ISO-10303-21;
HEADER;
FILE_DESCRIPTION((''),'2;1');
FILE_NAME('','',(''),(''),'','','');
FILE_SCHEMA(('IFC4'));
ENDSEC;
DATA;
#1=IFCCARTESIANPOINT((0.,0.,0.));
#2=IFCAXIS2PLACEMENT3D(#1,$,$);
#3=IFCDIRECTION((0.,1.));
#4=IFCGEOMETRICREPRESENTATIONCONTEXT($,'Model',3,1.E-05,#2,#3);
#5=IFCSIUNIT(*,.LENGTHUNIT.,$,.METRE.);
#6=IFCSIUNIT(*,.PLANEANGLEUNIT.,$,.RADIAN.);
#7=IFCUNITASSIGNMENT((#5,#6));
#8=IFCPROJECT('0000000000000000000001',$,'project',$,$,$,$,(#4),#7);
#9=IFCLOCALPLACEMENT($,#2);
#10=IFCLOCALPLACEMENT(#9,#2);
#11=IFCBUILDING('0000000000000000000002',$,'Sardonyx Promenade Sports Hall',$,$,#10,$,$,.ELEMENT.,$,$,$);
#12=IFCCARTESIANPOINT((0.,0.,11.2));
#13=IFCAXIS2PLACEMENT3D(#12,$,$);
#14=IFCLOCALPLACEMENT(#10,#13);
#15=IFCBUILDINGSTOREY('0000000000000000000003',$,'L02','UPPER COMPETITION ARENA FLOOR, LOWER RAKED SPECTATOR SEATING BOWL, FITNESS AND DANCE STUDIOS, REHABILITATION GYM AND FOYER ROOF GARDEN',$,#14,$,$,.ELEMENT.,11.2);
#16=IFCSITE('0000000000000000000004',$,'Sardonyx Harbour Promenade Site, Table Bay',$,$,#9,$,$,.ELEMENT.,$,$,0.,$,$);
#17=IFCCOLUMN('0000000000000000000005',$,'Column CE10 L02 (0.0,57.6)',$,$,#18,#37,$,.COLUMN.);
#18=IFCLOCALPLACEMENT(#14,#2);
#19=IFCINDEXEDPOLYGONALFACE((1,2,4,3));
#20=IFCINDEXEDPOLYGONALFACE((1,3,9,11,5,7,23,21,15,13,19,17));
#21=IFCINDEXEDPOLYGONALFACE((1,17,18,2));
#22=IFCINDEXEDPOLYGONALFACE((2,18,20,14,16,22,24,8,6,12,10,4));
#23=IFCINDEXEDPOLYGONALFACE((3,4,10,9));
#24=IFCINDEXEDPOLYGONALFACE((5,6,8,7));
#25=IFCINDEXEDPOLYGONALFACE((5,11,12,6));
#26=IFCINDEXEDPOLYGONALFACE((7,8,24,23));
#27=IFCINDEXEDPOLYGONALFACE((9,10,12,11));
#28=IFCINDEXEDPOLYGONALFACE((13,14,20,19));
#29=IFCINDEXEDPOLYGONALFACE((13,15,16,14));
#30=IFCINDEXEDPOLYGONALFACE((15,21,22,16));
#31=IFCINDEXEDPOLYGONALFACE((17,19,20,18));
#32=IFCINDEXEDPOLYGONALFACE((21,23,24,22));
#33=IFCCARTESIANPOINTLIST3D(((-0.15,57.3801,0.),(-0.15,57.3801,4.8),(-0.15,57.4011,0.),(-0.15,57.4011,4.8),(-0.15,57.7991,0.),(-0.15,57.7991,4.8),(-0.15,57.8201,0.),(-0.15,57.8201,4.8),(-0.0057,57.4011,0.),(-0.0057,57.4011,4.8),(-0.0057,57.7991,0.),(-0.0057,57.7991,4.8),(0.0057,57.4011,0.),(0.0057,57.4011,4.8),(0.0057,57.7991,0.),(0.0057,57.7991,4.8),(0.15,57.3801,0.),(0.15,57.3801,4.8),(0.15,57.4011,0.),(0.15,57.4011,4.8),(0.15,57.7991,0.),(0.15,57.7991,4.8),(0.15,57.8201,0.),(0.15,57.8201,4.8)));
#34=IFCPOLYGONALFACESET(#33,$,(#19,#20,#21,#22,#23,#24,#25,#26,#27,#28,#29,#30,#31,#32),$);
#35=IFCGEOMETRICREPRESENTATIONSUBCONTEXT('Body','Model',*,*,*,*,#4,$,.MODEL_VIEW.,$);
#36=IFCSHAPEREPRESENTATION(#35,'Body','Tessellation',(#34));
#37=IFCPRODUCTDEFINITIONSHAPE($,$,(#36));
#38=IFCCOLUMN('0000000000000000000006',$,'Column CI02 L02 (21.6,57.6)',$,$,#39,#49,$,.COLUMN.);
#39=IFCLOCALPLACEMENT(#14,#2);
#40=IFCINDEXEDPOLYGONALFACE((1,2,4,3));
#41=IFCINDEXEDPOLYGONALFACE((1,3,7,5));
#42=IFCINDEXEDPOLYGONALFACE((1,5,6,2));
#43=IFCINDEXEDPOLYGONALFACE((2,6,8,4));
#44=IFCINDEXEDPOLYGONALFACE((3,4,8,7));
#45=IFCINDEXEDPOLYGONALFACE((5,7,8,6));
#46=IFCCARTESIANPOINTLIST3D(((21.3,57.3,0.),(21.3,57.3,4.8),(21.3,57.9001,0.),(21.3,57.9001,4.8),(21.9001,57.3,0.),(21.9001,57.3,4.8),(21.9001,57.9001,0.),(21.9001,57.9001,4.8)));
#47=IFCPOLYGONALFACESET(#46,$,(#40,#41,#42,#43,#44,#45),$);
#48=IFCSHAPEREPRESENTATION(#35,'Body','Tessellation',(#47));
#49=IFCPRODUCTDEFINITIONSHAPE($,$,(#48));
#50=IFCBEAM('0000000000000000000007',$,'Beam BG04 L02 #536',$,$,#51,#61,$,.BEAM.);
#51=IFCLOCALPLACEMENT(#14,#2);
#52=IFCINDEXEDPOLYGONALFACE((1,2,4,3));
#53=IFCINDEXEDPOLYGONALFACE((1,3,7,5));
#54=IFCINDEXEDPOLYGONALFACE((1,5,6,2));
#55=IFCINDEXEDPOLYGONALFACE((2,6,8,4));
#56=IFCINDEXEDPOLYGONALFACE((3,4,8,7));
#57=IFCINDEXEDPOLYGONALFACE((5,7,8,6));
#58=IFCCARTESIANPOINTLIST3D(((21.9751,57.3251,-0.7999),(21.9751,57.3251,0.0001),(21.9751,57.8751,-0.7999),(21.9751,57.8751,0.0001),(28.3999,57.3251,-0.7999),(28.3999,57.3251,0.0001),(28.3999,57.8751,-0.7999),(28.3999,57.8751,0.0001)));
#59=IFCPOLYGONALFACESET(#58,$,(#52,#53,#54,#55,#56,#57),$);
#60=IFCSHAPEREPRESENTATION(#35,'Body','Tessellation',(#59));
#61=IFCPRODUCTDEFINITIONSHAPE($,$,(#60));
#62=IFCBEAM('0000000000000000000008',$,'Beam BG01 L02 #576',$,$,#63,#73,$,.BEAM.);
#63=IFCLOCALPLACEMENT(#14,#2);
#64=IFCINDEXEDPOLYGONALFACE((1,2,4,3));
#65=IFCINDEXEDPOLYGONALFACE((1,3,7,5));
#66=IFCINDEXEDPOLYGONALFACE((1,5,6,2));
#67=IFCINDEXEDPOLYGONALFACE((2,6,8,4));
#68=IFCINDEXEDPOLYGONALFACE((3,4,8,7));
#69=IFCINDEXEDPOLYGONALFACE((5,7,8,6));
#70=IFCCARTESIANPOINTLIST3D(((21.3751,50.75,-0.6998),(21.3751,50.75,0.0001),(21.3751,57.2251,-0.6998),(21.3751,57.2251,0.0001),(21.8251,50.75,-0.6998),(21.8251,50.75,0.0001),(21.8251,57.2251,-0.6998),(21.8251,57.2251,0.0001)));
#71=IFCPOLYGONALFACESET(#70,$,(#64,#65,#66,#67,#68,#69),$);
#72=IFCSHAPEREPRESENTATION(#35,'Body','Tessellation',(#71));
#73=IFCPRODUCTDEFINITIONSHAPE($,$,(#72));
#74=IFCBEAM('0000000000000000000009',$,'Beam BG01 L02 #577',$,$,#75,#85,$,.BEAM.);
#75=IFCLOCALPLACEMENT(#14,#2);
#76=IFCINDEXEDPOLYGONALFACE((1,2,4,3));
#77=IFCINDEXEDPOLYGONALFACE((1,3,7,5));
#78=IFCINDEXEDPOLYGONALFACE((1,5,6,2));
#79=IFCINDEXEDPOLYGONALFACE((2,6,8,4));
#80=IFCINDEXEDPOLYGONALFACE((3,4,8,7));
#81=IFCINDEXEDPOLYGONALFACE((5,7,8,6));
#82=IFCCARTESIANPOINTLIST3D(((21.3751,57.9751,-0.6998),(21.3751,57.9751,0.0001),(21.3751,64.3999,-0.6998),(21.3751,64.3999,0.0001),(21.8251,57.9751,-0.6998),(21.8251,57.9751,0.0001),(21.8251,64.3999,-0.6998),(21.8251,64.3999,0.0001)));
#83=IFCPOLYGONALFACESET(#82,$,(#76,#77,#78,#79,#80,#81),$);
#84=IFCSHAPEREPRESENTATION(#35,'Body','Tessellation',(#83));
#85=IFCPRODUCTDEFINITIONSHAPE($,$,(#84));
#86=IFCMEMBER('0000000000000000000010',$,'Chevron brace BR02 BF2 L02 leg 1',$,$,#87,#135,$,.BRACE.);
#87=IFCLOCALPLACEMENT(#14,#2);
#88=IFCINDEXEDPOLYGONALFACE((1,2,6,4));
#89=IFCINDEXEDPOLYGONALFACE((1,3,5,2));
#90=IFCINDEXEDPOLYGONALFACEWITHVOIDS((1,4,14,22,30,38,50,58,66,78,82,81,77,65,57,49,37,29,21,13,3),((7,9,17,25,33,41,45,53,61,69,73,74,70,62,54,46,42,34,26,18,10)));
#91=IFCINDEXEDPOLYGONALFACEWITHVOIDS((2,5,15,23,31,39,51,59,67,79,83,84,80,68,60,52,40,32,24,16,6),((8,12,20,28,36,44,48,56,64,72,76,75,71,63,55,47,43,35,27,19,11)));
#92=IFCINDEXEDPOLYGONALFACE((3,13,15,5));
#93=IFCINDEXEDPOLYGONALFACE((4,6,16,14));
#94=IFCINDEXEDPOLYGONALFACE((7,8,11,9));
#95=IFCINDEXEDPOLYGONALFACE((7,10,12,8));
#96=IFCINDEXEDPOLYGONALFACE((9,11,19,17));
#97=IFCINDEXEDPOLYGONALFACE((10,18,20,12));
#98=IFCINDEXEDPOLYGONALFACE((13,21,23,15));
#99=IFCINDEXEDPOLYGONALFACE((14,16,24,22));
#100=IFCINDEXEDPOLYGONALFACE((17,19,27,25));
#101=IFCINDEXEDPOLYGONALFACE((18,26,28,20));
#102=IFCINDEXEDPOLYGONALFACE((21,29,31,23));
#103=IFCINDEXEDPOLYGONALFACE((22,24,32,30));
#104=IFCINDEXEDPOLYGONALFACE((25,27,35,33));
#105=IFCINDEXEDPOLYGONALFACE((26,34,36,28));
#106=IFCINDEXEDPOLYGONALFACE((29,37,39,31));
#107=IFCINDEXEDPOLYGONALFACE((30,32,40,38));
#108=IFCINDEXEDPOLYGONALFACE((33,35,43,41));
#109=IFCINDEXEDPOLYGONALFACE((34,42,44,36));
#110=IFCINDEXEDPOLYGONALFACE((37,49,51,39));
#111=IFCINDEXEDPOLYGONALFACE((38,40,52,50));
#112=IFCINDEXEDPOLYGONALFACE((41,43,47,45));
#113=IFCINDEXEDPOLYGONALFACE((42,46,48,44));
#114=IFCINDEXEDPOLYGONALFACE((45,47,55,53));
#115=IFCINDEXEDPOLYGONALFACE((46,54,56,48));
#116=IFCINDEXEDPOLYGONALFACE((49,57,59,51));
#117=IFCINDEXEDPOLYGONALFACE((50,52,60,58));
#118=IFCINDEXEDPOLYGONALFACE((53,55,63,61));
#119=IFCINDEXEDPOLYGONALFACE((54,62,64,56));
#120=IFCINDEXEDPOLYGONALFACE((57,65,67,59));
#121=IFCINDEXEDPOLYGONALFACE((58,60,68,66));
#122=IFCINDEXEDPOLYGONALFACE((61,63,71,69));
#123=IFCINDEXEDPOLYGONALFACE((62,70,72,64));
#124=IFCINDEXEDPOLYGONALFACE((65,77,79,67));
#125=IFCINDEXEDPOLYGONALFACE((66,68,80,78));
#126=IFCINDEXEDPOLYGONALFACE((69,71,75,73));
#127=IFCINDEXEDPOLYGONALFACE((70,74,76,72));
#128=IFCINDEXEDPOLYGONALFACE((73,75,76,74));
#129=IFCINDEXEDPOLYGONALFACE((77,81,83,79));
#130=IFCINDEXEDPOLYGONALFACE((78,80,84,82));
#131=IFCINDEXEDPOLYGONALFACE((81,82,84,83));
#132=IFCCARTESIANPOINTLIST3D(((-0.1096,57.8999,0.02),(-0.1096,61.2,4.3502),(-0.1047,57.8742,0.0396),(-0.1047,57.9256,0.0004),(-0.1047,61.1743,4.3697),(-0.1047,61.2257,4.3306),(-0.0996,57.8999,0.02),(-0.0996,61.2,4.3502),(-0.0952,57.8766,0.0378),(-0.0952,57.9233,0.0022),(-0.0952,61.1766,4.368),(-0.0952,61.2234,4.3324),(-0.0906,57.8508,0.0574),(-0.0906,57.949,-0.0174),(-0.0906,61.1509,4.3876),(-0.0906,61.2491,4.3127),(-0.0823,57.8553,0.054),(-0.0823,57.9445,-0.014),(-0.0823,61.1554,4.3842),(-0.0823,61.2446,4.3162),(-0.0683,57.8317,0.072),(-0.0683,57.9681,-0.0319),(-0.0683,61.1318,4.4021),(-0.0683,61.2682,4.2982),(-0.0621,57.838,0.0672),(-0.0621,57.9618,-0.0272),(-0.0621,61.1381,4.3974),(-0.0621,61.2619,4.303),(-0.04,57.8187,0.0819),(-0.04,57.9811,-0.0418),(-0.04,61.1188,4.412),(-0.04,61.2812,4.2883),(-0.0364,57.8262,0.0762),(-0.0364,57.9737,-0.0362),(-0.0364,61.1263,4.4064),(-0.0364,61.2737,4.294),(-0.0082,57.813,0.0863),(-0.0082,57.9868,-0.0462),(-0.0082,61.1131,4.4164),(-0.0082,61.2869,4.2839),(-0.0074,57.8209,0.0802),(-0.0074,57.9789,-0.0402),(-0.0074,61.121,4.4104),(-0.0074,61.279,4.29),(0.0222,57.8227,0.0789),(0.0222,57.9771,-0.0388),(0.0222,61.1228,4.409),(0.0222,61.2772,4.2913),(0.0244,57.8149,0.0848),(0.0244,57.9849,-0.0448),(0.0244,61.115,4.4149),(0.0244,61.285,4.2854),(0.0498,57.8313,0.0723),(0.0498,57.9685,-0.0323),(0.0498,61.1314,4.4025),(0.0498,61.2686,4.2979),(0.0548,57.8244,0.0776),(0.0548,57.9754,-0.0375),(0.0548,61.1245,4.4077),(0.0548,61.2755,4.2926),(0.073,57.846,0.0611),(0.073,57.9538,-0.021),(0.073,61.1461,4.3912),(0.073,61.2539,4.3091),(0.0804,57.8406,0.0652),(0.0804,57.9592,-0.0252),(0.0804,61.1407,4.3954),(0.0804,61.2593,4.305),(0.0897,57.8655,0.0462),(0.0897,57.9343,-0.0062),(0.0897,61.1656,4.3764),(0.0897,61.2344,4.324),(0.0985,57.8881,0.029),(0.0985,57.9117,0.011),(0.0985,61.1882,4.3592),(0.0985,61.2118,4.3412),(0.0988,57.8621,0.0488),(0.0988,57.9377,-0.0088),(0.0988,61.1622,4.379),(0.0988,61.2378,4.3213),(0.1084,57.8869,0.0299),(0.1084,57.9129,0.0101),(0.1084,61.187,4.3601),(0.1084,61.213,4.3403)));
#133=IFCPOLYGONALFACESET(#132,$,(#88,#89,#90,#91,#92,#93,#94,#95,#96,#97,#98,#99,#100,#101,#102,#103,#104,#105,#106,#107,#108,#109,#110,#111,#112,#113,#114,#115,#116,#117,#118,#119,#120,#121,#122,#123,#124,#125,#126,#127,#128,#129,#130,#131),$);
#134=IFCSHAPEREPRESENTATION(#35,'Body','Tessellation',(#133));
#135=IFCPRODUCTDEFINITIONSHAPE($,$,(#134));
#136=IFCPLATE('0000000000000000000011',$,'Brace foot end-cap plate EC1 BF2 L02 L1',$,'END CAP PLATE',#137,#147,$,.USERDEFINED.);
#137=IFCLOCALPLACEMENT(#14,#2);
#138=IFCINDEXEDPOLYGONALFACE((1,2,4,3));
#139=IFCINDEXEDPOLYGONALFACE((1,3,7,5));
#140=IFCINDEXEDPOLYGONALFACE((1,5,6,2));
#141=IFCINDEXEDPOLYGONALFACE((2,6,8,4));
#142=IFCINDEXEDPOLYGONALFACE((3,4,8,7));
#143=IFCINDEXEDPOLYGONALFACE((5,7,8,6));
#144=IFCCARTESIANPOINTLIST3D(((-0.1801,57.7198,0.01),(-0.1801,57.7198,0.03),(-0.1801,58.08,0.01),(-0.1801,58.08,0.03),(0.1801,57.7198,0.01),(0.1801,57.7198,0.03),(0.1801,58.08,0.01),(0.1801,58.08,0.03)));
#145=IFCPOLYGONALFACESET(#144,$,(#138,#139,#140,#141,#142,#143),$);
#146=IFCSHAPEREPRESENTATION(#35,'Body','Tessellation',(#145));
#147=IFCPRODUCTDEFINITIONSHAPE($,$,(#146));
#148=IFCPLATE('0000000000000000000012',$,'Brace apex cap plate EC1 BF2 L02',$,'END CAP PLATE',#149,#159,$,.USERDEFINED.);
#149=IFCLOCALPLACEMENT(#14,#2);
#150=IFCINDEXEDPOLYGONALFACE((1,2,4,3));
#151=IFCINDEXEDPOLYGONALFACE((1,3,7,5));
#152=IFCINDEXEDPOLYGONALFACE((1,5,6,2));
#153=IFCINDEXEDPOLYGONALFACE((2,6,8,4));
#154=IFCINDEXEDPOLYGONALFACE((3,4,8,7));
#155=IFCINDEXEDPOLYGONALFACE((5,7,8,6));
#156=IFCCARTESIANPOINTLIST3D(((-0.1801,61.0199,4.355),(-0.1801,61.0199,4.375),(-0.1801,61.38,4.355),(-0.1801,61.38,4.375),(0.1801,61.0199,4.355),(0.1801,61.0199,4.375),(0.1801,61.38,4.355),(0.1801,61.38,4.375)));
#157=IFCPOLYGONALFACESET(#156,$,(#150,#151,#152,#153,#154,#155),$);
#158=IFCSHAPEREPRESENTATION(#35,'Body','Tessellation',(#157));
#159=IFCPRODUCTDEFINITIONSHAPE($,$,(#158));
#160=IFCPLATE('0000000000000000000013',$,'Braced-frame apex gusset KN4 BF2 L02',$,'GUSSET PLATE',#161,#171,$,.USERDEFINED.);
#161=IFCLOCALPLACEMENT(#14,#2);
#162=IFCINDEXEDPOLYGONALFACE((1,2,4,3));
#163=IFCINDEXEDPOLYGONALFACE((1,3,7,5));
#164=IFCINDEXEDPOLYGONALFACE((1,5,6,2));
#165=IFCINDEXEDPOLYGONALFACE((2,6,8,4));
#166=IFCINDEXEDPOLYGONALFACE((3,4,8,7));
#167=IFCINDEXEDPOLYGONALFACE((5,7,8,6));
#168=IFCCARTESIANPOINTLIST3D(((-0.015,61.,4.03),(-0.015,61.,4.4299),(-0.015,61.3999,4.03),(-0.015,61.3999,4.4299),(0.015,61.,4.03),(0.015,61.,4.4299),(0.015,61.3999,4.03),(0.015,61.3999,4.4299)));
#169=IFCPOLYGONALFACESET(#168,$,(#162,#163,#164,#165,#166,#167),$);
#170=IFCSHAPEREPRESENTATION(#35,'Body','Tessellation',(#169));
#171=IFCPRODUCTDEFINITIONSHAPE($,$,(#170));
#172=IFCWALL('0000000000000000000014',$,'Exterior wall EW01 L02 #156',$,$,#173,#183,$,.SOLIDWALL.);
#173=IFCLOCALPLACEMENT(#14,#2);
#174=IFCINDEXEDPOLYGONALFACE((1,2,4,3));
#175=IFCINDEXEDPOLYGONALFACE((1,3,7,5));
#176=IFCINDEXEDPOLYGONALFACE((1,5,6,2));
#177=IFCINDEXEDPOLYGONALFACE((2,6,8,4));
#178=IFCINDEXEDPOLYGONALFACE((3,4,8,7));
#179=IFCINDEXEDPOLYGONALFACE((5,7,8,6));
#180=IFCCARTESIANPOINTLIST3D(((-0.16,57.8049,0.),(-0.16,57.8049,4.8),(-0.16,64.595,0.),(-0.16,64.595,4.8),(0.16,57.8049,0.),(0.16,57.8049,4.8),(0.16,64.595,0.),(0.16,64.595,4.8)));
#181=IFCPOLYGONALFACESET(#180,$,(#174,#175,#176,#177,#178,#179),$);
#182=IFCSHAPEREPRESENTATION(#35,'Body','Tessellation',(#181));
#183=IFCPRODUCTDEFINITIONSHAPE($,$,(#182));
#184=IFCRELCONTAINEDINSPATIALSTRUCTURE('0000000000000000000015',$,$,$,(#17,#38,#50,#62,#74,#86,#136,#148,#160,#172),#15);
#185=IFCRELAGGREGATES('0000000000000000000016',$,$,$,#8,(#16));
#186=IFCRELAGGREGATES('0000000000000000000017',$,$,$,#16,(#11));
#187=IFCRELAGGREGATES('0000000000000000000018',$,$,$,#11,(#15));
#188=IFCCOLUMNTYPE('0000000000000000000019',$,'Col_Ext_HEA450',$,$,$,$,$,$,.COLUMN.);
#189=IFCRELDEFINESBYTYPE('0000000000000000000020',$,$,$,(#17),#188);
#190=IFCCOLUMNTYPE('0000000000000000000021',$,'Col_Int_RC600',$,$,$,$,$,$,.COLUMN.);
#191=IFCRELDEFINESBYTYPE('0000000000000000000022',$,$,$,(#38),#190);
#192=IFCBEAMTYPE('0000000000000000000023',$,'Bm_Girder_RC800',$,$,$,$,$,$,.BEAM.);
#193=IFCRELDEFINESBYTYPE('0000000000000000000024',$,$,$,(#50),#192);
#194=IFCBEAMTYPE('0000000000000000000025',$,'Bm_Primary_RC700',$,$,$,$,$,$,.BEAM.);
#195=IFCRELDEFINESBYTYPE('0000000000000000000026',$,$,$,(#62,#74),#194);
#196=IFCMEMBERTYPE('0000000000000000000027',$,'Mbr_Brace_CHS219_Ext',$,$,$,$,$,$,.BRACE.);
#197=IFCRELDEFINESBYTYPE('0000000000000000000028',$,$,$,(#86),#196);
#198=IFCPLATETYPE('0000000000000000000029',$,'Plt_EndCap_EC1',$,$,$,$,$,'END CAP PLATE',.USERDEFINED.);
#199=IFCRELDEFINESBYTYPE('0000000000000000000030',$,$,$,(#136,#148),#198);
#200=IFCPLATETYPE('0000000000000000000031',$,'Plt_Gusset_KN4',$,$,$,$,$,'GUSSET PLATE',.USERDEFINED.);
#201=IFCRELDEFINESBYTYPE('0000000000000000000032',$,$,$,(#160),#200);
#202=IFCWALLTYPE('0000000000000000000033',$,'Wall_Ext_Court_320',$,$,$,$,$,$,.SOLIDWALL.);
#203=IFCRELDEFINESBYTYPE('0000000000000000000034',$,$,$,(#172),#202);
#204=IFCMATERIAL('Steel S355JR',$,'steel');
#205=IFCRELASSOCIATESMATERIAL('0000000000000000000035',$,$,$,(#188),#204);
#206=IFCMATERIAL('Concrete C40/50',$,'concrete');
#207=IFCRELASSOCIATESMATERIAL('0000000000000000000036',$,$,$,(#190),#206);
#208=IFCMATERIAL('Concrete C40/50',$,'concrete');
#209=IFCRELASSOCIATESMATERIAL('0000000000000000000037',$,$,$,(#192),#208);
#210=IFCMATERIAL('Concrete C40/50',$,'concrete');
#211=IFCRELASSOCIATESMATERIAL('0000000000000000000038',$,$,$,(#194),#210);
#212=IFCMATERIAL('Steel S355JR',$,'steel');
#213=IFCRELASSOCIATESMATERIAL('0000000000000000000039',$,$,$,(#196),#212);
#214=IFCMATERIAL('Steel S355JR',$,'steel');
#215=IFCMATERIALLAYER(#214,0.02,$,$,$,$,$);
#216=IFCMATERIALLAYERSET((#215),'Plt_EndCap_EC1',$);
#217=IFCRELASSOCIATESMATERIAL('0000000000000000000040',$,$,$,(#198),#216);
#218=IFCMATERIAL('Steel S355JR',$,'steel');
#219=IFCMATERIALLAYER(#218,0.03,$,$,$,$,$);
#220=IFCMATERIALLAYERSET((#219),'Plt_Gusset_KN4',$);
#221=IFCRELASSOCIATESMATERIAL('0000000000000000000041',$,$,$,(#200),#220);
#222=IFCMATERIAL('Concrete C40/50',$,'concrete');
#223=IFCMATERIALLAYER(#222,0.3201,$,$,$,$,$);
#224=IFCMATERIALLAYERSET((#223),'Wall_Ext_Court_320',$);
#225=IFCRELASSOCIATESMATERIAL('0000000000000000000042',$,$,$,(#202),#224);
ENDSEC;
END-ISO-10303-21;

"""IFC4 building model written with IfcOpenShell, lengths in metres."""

from ifc_helpers import new_model, si_unit, direction, frame, frame_2d, origin, origin_2d, place, context, subcontext, project, spatial, rectangle, hollow_circle, i_section, extrude, material, layer, layer_set, material_profile, profile_set, type_object, element, save


model = new_model("IFC4")

# Units and contexts
model_context = context("Model", 3, precision=1e-05, world=origin(), true_north=direction((0.0, 1.0)))
body_context = subcontext(model_context, "Body", "Model", "MODEL_VIEW")
ifc_project = project(units=[si_unit("LENGTHUNIT", "METRE"), si_unit("PLANEANGLEUNIT", "RADIAN")], contexts=[model_context])

# Site, building, storey
site_placement = place(None, origin())
site = spatial("IfcSite", under=ifc_project, at=site_placement, Name="Sardonyx Harbour Promenade Site, Table Bay", CompositionType="ELEMENT", RefElevation=0.0)
building_placement = place(site_placement, origin())
building = spatial("IfcBuilding", under=site, at=building_placement, Name="Sardonyx Promenade Sports Hall", CompositionType="ELEMENT")
storey_placement = place(building_placement, frame((0.0, 0.0, 11.2)))
storey = spatial("IfcBuildingStorey", under=building, at=storey_placement, Name="L02", Description="UPPER COMPETITION ARENA FLOOR, LOWER RAKED SPECTATOR SEATING BOWL, FITNESS AND DANCE STUDIOS, REHABILITATION GYM AND FOYER ROOF GARDEN", CompositionType="ELEMENT", Elevation=11.2)

# Columns
ifc_material_1 = material(Name="Steel S355JR", Category="steel")
ifc_material_profile_1 = material_profile(ifc_material_1, i_section(OverallWidth=0.3, OverallDepth=0.4399, WebThickness=0.0115, FlangeThickness=0.021, at=origin_2d()))
ifc_profile_set_1 = profile_set([ifc_material_profile_1], Name="Steel S355JR")
column_type_1 = type_object("IfcColumnType", Name="Col_Ext_HEA450", PredefinedType="COLUMN", material=ifc_profile_set_1)
column_1_placement = place(storey_placement, frame((0.0, 57.6001, 0.0), z_axis=(0.0, 0.0, 1.0), x_axis=(1.0, 0.0, 0.0)))
element("IfcColumn", 1, at=column_1_placement, inside=storey, type_object=column_type_1, Name="Column CE10 L02 (0.0,57.6)", PredefinedType="COLUMN", context=body_context, shape_type="SweptSolid", body=[
    extrude(i_section(OverallWidth=0.3, OverallDepth=0.4399, WebThickness=0.0115, FlangeThickness=0.021, at=origin_2d()), origin(), (0.0, 0.0, 1.0), 4.8),
])
ifc_material_2 = material(Name="Concrete C40/50", Category="concrete")
ifc_material_profile_2 = material_profile(ifc_material_2, rectangle(XDim=0.6001, YDim=0.6001, at=origin_2d()))
ifc_profile_set_2 = profile_set([ifc_material_profile_2], Name="Concrete C40/50")
column_type_2 = type_object("IfcColumnType", Name="Col_Int_RC600", PredefinedType="COLUMN", material=ifc_profile_set_2)
column_2_placement = place(storey_placement, frame((21.6001, 57.6001, 0.0), z_axis=(0.0, 0.0, 1.0), x_axis=(1.0, 0.0, 0.0)))
element("IfcColumn", 2, at=column_2_placement, inside=storey, type_object=column_type_2, Name="Column CI02 L02 (21.6,57.6)", PredefinedType="COLUMN", context=body_context, shape_type="SweptSolid", body=[
    extrude(rectangle(XDim=0.6001, YDim=0.6001, at=origin_2d()), origin(), (0.0, 0.0, 1.0), 4.8),
])

# Beams
ifc_material_3 = material(Name="Concrete C40/50", Category="concrete")
ifc_material_profile_3 = material_profile(ifc_material_3, rectangle(XDim=0.55, YDim=0.8, at=origin_2d()))
ifc_profile_set_3 = profile_set([ifc_material_profile_3], Name="Concrete C40/50")
beam_type_1 = type_object("IfcBeamType", Name="Bm_Girder_RC800", PredefinedType="BEAM", material=ifc_profile_set_3)
beam_1_placement = place(storey_placement, frame((21.9751, 57.6001, -0.3999), z_axis=(1.0, 0.0, 0.0), x_axis=(0.0, 1.0, 0.0)))
element("IfcBeam", 3, at=beam_1_placement, inside=storey, type_object=beam_type_1, Name="Beam BG04 L02 #536", PredefinedType="BEAM", context=body_context, shape_type="SweptSolid", body=[
    extrude(rectangle(XDim=0.55, YDim=0.8, at=origin_2d()), origin(), (0.0, 0.0, 1.0), 6.4248),
])
ifc_material_4 = material(Name="Concrete C40/50", Category="concrete")
ifc_material_profile_4 = material_profile(ifc_material_4, rectangle(XDim=0.45, YDim=0.7, at=origin_2d()))
ifc_profile_set_4 = profile_set([ifc_material_profile_4], Name="Concrete C40/50")
beam_type_2 = type_object("IfcBeamType", Name="Bm_Primary_RC700", PredefinedType="BEAM", material=ifc_profile_set_4)
beam_2_placement = place(storey_placement, frame((21.6001, 50.75, -0.3499), z_axis=(0.0, 1.0, 0.0), x_axis=(-1.0, 0.0, 0.0)))
element("IfcBeam", 4, at=beam_2_placement, inside=storey, type_object=beam_type_2, Name="Beam BG01 L02 #576", PredefinedType="BEAM", context=body_context, shape_type="SweptSolid", body=[
    extrude(rectangle(XDim=0.45, YDim=0.7, at=origin_2d()), origin(), (0.0, 0.0, 1.0), 6.4751),
])
beam_3_placement = place(storey_placement, frame((21.6001, 57.9751, -0.3499), z_axis=(0.0, 1.0, 0.0), x_axis=(-1.0, 0.0, 0.0)))
element("IfcBeam", 5, at=beam_3_placement, inside=storey, type_object=beam_type_2, Name="Beam BG01 L02 #577", PredefinedType="BEAM", context=body_context, shape_type="SweptSolid", body=[
    extrude(rectangle(XDim=0.45, YDim=0.7, at=origin_2d()), origin(), (0.0, 0.0, 1.0), 6.4248),
])

# Member
ifc_material_5 = material(Name="Steel S355JR", Category="steel")
ifc_material_profile_5 = material_profile(ifc_material_5, hollow_circle(Radius=0.1096, WallThickness=0.01, at=origin_2d()))
ifc_profile_set_5 = profile_set([ifc_material_profile_5], Name="Steel S355JR")
member_type = type_object("IfcMemberType", Name="Mbr_Brace_CHS219_Ext", PredefinedType="BRACE", material=ifc_profile_set_5)
member_placement = place(storey_placement, frame((0.0, 57.8999, 0.02), z_axis=(0.0, 0.606153, 0.795348), x_axis=(-1.0, 0.0, 0.0)))
element("IfcMember", 6, at=member_placement, inside=storey, type_object=member_type, Name="Chevron brace BR02 BF2 L02 leg 1", PredefinedType="BRACE", context=body_context, shape_type="SweptSolid", body=[
    extrude(hollow_circle(Radius=0.1096, WallThickness=0.01, at=origin_2d()), origin(), (0.0, 0.0, 1.0), 5.4443),
])

# Plates
ifc_material_6 = material(Name="Steel S355JR", Category="steel")
ifc_layer_1 = layer(ifc_material_6, 0.02)
ifc_layer_set_1 = layer_set([ifc_layer_1], Name="Plt_EndCap_EC1")
plate_type_1 = type_object("IfcPlateType", Name="Plt_EndCap_EC1", ElementType="END CAP PLATE", PredefinedType="USERDEFINED", material=ifc_layer_set_1)
for number, where, z_axis, x_axis, name in (
    (7, (0.0, 57.8999, 0.01), (0.0, 0.0, 1.0), (1.0, 0.0, 0.0), "Brace foot end-cap plate EC1 BF2 L02 L1"),
    (8, (0.0, 61.2, 4.355), (0.0, 0.0, 1.0), (1.0, 0.0, 0.0), "Brace apex cap plate EC1 BF2 L02"),
):
    element("IfcPlate", number, at=place(storey_placement, frame(where, z_axis=z_axis, x_axis=x_axis)), inside=storey, type_object=plate_type_1, Name=name, ObjectType="END CAP PLATE", PredefinedType="USERDEFINED", context=body_context, shape_type="SweptSolid", body=[
        extrude(rectangle(XDim=0.3601, YDim=0.3601, at=origin_2d()), origin(), (0.0, 0.0, 1.0), 0.02),
    ])
ifc_material_7 = material(Name="Steel S355JR", Category="steel")
ifc_layer_2 = layer(ifc_material_7, 0.03)
ifc_layer_set_2 = layer_set([ifc_layer_2], Name="Plt_Gusset_KN4")
plate_type_2 = type_object("IfcPlateType", Name="Plt_Gusset_KN4", ElementType="GUSSET PLATE", PredefinedType="USERDEFINED", material=ifc_layer_set_2)
plate_placement = place(storey_placement, frame((0.0, 61.2, 4.03), z_axis=(0.0, 0.0, 1.0), x_axis=(0.0, 1.0, 0.0)))
element("IfcPlate", 9, at=plate_placement, inside=storey, type_object=plate_type_2, Name="Braced-frame apex gusset KN4 BF2 L02", ObjectType="GUSSET PLATE", PredefinedType="USERDEFINED", context=body_context, shape_type="SweptSolid", body=[
    extrude(rectangle(XDim=0.3999, YDim=0.03, at=origin_2d()), origin(), (0.0, 0.0, 1.0), 0.3999),
])

# Wall
ifc_material_8 = material(Name="Concrete C40/50", Category="concrete")
ifc_layer_3 = layer(ifc_material_8, 0.3201)
ifc_layer_set_3 = layer_set([ifc_layer_3], Name="Wall_Ext_Court_320")
wall_type_1 = type_object("IfcWallType", Name="Wall_Ext_Court_320", PredefinedType="SOLIDWALL", material=ifc_layer_set_3)
wall_1_placement = place(storey_placement, frame((0.0, 57.8049, 0.0), z_axis=(0.0, 0.0, 1.0), x_axis=(0.0, 1.0, 0.0)))
element("IfcWall", 10, at=wall_1_placement, inside=storey, type_object=wall_type_1, Name="Exterior wall EW01 L02 #156", PredefinedType="SOLIDWALL", context=body_context, shape_type="SweptSolid", body=[
    extrude(rectangle(XDim=6.79, YDim=0.3201, at=frame_2d((3.395, 0.0))), origin(), (0.0, 0.0, 1.0), 4.8),
])

save(model, "model.ifc")
